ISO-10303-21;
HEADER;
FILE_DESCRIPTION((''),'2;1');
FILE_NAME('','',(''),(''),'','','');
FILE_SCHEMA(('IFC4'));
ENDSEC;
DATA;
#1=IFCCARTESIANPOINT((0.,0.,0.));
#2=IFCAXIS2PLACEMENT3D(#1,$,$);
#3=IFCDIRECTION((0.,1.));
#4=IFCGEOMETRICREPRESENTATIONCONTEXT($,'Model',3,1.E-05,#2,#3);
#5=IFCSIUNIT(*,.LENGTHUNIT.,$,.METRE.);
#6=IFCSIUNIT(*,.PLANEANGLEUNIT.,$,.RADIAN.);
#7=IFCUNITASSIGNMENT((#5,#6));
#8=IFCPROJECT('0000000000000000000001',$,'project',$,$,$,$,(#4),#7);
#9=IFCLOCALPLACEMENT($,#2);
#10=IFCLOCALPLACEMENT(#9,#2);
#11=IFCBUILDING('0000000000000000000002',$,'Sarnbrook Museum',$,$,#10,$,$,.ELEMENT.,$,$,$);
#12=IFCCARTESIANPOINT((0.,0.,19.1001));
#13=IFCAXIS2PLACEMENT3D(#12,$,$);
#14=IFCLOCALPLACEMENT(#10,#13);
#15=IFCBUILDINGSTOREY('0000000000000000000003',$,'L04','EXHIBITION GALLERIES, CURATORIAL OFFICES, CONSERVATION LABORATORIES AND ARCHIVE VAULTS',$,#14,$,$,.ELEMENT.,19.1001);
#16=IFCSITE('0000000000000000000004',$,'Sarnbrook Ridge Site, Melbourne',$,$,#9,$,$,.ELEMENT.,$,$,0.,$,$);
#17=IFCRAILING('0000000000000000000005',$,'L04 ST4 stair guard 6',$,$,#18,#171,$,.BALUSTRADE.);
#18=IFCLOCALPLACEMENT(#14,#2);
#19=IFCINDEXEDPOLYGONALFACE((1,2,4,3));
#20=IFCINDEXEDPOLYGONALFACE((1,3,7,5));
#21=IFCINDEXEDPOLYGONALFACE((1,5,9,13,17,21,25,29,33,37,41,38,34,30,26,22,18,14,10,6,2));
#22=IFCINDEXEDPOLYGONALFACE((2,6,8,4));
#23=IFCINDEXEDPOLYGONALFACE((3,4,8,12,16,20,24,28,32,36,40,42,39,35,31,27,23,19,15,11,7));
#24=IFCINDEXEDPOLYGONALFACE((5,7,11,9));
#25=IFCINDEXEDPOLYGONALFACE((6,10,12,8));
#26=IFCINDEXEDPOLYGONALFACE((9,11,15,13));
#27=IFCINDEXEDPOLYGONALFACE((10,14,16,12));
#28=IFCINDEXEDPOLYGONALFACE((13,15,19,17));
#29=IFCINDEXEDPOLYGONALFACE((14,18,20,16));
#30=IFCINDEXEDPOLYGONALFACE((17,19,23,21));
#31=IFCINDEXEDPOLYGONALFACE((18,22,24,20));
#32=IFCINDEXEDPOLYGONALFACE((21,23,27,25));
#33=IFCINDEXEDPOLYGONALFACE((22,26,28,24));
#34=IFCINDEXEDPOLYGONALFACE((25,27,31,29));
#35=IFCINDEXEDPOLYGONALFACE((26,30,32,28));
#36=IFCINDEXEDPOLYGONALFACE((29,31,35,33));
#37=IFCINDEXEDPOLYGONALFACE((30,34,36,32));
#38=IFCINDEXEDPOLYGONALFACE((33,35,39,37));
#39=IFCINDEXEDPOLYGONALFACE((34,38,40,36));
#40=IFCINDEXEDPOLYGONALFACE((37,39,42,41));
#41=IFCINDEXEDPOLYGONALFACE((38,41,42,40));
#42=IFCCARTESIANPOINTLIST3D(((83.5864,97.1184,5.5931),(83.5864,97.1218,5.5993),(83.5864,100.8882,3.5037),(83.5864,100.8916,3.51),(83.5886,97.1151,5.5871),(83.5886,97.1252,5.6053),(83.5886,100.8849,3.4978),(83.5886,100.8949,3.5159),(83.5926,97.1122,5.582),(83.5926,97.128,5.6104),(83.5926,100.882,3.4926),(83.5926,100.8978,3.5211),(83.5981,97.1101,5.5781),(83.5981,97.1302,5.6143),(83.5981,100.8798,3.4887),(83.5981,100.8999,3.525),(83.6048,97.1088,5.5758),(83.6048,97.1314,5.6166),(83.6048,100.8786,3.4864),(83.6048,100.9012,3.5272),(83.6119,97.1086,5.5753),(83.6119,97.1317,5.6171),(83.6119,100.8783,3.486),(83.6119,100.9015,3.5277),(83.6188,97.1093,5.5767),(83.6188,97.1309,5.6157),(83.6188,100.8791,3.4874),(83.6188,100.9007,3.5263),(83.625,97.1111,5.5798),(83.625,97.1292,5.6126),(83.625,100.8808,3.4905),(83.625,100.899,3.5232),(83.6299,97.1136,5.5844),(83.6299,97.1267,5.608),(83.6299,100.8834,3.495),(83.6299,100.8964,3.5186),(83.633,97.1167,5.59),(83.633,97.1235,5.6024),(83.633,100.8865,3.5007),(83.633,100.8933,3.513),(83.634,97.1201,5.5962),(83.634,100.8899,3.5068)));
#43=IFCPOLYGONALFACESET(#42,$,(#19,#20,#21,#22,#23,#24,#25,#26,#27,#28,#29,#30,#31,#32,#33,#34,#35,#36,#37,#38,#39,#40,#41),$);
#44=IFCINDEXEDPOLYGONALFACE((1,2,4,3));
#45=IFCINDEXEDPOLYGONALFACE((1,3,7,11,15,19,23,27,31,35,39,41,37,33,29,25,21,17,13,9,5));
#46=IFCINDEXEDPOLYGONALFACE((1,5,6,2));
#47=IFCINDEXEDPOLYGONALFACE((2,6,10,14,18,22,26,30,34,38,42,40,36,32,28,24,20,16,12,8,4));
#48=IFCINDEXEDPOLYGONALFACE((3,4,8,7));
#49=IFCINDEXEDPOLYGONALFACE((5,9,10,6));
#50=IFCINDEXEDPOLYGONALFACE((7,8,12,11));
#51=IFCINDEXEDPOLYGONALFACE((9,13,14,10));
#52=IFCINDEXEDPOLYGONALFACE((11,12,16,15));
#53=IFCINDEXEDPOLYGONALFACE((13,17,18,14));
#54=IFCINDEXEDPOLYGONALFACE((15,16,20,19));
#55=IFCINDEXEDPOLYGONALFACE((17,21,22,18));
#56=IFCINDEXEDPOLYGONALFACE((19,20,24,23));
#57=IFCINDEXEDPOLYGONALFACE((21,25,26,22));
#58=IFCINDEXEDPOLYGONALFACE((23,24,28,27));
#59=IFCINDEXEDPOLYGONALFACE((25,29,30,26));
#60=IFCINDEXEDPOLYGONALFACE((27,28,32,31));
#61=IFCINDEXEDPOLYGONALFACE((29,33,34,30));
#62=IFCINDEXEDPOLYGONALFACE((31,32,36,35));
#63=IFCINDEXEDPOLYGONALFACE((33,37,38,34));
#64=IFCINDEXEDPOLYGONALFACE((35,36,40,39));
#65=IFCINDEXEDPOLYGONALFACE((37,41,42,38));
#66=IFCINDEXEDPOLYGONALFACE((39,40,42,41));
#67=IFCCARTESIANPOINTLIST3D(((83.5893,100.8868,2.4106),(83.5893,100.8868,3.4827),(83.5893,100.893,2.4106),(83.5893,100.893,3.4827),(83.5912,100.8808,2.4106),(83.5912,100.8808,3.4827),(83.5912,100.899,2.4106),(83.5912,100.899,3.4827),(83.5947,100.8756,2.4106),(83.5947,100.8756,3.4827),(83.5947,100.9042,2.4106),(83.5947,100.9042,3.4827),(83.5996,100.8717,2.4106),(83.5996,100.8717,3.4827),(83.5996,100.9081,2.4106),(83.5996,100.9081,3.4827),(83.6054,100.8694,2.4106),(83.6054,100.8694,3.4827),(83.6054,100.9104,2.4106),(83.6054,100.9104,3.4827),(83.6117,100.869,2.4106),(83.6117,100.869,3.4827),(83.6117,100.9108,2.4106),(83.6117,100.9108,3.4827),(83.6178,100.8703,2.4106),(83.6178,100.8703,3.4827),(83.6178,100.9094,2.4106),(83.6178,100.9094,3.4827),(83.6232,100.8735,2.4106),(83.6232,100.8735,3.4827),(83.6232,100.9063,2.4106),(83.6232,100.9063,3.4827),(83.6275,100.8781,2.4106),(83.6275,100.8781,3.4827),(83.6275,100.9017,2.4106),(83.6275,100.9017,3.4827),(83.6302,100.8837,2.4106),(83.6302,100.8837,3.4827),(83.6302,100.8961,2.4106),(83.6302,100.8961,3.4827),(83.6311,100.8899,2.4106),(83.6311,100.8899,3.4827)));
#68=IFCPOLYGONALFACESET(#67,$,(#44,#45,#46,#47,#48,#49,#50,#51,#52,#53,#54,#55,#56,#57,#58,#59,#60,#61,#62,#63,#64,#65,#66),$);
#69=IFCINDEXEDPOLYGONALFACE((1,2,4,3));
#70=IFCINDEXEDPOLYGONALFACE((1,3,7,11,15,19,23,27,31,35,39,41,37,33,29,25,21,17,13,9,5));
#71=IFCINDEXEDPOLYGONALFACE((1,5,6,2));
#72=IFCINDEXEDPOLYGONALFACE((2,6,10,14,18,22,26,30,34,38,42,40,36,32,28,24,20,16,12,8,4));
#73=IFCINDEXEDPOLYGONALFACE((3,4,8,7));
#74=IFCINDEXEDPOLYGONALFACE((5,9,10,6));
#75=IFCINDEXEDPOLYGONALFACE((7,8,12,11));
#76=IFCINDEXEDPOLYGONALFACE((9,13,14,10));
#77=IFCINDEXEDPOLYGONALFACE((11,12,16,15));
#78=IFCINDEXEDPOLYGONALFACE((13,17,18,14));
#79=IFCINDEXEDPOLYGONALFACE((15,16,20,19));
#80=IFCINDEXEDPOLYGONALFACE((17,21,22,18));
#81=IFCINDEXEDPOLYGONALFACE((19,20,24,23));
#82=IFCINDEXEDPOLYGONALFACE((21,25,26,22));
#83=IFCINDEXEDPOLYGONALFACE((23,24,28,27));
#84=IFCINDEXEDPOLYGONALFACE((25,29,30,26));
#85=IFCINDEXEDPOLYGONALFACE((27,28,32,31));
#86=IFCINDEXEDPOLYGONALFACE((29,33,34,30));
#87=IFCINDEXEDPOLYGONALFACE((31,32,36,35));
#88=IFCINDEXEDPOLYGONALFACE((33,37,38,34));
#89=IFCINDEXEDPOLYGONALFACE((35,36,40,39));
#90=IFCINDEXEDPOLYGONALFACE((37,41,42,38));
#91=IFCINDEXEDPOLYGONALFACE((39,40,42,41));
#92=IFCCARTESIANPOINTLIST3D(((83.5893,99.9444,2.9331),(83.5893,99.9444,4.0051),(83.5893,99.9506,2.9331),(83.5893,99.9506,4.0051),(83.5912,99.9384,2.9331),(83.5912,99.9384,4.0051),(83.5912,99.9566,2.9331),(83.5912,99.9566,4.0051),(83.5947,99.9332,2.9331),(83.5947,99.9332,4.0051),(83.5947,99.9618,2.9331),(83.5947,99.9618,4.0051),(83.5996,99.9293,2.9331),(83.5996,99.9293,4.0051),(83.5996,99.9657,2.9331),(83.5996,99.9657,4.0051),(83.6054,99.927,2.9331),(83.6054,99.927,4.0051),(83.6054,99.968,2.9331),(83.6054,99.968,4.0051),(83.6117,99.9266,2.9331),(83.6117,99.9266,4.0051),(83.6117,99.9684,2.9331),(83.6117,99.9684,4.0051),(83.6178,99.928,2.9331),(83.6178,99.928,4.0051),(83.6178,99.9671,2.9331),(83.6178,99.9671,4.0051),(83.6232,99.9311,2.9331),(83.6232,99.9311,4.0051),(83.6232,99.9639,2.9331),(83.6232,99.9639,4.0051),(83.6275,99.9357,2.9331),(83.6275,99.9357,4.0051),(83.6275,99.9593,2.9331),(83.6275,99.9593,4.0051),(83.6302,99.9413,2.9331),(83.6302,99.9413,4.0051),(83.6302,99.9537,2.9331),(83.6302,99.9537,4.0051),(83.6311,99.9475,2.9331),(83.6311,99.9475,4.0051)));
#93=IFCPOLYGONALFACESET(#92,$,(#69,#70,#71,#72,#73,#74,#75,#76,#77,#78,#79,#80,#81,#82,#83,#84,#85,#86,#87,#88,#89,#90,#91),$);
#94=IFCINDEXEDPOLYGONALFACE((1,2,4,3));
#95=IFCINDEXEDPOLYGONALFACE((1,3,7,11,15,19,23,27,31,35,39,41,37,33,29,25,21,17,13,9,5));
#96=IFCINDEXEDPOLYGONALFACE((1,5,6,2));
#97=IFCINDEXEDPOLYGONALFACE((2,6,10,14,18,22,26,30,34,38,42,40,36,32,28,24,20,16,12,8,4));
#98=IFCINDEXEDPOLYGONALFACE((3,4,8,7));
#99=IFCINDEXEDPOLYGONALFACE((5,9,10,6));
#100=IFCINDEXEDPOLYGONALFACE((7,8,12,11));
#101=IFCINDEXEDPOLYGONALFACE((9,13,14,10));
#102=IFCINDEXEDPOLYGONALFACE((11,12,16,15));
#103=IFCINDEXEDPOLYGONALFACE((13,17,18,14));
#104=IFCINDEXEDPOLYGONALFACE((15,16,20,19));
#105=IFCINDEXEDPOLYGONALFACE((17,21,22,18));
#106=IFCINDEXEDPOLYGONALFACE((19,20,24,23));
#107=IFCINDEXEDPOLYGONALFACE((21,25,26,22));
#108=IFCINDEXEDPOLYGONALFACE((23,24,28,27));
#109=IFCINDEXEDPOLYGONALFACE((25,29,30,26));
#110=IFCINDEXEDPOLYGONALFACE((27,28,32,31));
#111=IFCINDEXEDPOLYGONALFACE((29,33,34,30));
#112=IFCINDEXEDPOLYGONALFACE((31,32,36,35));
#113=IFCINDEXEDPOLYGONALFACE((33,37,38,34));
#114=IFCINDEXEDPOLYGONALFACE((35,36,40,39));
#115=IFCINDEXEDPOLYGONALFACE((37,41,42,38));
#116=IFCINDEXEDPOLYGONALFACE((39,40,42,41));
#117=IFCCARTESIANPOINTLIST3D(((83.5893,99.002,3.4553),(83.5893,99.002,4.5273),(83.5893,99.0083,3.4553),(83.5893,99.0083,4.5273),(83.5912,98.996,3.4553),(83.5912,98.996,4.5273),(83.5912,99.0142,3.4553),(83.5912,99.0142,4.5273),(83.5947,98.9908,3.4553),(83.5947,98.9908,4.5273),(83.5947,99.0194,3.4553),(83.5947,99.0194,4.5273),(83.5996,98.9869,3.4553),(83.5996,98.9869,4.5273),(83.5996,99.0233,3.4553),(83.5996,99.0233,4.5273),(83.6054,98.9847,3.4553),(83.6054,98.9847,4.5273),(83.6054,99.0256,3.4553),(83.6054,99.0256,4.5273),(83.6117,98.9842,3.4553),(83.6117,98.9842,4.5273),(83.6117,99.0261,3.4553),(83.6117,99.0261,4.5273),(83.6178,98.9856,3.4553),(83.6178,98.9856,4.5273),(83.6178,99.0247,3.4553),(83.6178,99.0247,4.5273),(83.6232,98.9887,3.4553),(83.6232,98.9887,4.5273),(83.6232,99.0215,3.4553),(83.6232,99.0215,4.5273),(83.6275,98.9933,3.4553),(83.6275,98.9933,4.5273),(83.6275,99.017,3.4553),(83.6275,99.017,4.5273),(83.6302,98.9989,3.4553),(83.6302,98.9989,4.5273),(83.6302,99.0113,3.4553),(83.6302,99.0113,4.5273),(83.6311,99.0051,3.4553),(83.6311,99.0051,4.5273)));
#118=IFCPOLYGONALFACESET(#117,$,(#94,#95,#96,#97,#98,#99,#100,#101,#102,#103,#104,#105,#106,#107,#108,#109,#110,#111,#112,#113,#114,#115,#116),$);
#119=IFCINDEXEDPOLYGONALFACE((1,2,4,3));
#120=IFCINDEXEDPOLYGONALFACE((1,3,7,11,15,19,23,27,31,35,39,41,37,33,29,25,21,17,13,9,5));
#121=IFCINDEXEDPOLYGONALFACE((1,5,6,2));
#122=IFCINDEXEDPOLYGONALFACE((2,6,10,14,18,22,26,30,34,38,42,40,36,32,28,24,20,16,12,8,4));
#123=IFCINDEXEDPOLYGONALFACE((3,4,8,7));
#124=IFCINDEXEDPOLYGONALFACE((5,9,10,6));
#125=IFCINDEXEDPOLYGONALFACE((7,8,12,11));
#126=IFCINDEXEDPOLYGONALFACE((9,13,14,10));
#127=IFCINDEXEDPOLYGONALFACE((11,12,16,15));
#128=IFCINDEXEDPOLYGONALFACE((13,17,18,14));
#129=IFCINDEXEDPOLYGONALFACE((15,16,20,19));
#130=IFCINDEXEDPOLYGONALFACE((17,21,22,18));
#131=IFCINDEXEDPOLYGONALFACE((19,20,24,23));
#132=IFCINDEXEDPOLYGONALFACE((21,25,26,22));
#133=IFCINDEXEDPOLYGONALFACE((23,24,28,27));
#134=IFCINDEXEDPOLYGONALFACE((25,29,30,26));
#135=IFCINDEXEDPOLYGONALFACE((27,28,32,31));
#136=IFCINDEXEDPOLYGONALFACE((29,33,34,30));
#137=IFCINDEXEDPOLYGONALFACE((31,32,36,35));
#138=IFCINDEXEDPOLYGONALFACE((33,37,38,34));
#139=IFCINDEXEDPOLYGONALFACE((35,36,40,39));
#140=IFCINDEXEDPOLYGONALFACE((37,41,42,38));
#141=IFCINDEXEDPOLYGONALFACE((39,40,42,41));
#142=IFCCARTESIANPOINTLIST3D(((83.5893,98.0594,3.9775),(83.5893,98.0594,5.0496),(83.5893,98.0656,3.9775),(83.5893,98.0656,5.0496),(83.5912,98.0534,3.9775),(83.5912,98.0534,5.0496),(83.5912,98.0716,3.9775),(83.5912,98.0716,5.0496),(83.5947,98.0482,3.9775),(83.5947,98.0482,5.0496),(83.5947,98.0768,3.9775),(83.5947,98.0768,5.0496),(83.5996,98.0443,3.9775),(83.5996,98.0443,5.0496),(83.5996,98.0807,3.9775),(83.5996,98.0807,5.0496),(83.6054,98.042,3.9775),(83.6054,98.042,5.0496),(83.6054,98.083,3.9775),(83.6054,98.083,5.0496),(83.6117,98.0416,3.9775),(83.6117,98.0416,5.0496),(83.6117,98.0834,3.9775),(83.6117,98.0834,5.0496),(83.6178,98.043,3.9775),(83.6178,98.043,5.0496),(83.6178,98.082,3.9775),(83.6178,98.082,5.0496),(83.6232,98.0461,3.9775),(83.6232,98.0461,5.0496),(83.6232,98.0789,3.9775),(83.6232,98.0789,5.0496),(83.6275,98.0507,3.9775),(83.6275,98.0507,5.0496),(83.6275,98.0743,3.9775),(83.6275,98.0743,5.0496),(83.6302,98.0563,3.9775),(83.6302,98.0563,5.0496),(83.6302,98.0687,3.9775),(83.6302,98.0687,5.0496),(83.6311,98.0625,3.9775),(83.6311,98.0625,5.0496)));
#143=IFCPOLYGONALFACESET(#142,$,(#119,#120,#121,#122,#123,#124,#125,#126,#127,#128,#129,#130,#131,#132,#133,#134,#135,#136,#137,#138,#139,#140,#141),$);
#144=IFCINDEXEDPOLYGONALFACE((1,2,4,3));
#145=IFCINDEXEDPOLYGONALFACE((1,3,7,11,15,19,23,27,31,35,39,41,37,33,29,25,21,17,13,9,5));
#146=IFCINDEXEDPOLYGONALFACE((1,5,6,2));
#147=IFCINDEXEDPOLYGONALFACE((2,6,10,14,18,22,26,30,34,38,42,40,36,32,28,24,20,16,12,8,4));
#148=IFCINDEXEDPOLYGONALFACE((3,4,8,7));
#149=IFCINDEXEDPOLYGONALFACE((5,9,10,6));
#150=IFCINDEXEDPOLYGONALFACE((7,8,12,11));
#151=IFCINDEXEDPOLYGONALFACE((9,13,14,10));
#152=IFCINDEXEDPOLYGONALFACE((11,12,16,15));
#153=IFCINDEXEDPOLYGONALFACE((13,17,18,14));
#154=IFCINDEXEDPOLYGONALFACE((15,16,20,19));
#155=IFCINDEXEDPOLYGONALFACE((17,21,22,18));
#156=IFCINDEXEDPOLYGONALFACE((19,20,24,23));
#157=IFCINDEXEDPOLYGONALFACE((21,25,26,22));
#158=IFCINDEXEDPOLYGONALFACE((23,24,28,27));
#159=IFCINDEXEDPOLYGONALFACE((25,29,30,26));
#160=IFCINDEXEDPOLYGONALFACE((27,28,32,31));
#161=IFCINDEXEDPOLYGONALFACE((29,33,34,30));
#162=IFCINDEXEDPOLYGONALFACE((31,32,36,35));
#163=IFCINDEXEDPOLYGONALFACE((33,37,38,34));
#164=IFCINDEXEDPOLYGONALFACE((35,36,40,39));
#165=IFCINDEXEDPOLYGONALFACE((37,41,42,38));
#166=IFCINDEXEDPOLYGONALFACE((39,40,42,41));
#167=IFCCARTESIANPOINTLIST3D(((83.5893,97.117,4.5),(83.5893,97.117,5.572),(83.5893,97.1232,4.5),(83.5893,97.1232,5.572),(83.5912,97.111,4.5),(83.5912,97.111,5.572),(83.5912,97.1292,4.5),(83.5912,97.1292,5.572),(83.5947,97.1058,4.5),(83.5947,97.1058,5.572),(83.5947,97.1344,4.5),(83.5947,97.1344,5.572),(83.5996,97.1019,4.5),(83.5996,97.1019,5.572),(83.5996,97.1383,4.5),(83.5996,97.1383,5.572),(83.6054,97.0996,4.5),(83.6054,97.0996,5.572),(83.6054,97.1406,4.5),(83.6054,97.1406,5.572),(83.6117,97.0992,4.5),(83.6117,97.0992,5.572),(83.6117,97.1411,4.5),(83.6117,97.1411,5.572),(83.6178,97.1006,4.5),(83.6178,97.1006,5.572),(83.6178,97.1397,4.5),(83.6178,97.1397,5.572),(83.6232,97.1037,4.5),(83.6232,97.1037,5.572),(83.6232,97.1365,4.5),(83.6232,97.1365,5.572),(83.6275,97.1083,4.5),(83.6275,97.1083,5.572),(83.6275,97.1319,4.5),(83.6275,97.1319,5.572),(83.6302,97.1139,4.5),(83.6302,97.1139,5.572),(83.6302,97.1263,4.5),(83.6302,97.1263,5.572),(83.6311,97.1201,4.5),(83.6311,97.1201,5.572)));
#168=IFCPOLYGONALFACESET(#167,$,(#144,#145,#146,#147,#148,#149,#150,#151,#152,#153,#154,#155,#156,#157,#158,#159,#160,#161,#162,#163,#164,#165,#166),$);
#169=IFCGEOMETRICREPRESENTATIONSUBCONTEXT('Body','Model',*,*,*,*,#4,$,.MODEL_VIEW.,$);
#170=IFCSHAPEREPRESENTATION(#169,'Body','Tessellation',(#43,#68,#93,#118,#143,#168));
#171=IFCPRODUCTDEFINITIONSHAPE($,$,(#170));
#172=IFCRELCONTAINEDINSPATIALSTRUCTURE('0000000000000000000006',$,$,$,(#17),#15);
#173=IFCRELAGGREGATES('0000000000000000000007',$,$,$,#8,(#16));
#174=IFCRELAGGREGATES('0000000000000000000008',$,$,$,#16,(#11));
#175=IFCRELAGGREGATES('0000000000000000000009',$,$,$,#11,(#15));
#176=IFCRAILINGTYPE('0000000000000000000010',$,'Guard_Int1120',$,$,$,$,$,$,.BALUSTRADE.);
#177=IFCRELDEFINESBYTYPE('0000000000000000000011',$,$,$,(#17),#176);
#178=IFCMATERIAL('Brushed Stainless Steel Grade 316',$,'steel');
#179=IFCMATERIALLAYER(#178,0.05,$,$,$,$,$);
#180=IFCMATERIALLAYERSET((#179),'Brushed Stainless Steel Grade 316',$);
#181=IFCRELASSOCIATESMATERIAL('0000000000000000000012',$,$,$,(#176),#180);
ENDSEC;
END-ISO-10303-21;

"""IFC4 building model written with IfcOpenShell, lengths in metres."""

from ifc_helpers import new_model, si_unit, direction, frame, origin, origin_2d, place, context, subcontext, project, spatial, circle, extrude, material, layer, layer_set, type_object, element, save


model = new_model("IFC4")

# Units and contexts
model_context = context("Model", 3, precision=1e-05, world=origin(), true_north=direction((0.0, 1.0)))
body_context = subcontext(model_context, "Body", "Model", "MODEL_VIEW")
ifc_project = project(units=[si_unit("LENGTHUNIT", "METRE"), si_unit("PLANEANGLEUNIT", "RADIAN")], contexts=[model_context])

# Site, building, storey
site_placement = place(None, origin())
site = spatial("IfcSite", under=ifc_project, at=site_placement, Name="Sarnbrook Ridge Site, Melbourne", CompositionType="ELEMENT", RefElevation=0.0)
building_placement = place(site_placement, origin())
building = spatial("IfcBuilding", under=site, at=building_placement, Name="Sarnbrook Museum", CompositionType="ELEMENT")
storey_placement = place(building_placement, frame((0.0, 0.0, 19.1001)))
storey = spatial("IfcBuildingStorey", under=building, at=storey_placement, Name="L04", Description="EXHIBITION GALLERIES, CURATORIAL OFFICES, CONSERVATION LABORATORIES AND ARCHIVE VAULTS", CompositionType="ELEMENT", Elevation=19.1001)

# Shared definitions
ifc_material_1 = material(Name="Brushed Stainless Steel Grade 316", Category="steel")

# Railing
ifc_layer_1 = layer(ifc_material_1, 0.05)
ifc_layer_set_1 = layer_set([ifc_layer_1], Name="Brushed Stainless Steel Grade 316")
railing_type_1 = type_object("IfcRailingType", Name="Guard_Int1120", PredefinedType="BALUSTRADE", material=ifc_layer_set_1)
railing_1_placement = place(storey_placement, frame((83.6101, 100.8899, 2.4106)))
element("IfcRailing", 1, at=railing_1_placement, inside=storey, type_object=railing_type_1, Name="L04 ST4 stair guard 6", PredefinedType="BALUSTRADE", context=body_context, shape_type="SweptSolid", body=[
    extrude(circle(Radius=0.0239, at=origin_2d()), frame((0.0, 0.0, 1.0962), z_axis=(0.0, -0.874646, 0.484763), x_axis=(1.0, 0.0, 0.0)), (0.0, 0.0, 1.0), 4.3101),
    extrude(circle(Radius=0.021, at=origin_2d()), origin(), (0.0, 0.0, 1.0), 1.072),
    extrude(circle(Radius=0.021, at=origin_2d()), frame((0.0, -0.9424, 0.5225)), (0.0, 0.0, 1.0), 1.072),
    extrude(circle(Radius=0.021, at=origin_2d()), frame((0.0, -1.8848, 1.0447)), (0.0, 0.0, 1.0), 1.072),
    extrude(circle(Radius=0.021, at=origin_2d()), frame((0.0, -2.8274, 1.5669)), (0.0, 0.0, 1.0), 1.072),
    extrude(circle(Radius=0.021, at=origin_2d()), frame((0.0, -3.7698, 2.0894)), (0.0, 0.0, 1.0), 1.072),
])

save(model, "model.ifc")
